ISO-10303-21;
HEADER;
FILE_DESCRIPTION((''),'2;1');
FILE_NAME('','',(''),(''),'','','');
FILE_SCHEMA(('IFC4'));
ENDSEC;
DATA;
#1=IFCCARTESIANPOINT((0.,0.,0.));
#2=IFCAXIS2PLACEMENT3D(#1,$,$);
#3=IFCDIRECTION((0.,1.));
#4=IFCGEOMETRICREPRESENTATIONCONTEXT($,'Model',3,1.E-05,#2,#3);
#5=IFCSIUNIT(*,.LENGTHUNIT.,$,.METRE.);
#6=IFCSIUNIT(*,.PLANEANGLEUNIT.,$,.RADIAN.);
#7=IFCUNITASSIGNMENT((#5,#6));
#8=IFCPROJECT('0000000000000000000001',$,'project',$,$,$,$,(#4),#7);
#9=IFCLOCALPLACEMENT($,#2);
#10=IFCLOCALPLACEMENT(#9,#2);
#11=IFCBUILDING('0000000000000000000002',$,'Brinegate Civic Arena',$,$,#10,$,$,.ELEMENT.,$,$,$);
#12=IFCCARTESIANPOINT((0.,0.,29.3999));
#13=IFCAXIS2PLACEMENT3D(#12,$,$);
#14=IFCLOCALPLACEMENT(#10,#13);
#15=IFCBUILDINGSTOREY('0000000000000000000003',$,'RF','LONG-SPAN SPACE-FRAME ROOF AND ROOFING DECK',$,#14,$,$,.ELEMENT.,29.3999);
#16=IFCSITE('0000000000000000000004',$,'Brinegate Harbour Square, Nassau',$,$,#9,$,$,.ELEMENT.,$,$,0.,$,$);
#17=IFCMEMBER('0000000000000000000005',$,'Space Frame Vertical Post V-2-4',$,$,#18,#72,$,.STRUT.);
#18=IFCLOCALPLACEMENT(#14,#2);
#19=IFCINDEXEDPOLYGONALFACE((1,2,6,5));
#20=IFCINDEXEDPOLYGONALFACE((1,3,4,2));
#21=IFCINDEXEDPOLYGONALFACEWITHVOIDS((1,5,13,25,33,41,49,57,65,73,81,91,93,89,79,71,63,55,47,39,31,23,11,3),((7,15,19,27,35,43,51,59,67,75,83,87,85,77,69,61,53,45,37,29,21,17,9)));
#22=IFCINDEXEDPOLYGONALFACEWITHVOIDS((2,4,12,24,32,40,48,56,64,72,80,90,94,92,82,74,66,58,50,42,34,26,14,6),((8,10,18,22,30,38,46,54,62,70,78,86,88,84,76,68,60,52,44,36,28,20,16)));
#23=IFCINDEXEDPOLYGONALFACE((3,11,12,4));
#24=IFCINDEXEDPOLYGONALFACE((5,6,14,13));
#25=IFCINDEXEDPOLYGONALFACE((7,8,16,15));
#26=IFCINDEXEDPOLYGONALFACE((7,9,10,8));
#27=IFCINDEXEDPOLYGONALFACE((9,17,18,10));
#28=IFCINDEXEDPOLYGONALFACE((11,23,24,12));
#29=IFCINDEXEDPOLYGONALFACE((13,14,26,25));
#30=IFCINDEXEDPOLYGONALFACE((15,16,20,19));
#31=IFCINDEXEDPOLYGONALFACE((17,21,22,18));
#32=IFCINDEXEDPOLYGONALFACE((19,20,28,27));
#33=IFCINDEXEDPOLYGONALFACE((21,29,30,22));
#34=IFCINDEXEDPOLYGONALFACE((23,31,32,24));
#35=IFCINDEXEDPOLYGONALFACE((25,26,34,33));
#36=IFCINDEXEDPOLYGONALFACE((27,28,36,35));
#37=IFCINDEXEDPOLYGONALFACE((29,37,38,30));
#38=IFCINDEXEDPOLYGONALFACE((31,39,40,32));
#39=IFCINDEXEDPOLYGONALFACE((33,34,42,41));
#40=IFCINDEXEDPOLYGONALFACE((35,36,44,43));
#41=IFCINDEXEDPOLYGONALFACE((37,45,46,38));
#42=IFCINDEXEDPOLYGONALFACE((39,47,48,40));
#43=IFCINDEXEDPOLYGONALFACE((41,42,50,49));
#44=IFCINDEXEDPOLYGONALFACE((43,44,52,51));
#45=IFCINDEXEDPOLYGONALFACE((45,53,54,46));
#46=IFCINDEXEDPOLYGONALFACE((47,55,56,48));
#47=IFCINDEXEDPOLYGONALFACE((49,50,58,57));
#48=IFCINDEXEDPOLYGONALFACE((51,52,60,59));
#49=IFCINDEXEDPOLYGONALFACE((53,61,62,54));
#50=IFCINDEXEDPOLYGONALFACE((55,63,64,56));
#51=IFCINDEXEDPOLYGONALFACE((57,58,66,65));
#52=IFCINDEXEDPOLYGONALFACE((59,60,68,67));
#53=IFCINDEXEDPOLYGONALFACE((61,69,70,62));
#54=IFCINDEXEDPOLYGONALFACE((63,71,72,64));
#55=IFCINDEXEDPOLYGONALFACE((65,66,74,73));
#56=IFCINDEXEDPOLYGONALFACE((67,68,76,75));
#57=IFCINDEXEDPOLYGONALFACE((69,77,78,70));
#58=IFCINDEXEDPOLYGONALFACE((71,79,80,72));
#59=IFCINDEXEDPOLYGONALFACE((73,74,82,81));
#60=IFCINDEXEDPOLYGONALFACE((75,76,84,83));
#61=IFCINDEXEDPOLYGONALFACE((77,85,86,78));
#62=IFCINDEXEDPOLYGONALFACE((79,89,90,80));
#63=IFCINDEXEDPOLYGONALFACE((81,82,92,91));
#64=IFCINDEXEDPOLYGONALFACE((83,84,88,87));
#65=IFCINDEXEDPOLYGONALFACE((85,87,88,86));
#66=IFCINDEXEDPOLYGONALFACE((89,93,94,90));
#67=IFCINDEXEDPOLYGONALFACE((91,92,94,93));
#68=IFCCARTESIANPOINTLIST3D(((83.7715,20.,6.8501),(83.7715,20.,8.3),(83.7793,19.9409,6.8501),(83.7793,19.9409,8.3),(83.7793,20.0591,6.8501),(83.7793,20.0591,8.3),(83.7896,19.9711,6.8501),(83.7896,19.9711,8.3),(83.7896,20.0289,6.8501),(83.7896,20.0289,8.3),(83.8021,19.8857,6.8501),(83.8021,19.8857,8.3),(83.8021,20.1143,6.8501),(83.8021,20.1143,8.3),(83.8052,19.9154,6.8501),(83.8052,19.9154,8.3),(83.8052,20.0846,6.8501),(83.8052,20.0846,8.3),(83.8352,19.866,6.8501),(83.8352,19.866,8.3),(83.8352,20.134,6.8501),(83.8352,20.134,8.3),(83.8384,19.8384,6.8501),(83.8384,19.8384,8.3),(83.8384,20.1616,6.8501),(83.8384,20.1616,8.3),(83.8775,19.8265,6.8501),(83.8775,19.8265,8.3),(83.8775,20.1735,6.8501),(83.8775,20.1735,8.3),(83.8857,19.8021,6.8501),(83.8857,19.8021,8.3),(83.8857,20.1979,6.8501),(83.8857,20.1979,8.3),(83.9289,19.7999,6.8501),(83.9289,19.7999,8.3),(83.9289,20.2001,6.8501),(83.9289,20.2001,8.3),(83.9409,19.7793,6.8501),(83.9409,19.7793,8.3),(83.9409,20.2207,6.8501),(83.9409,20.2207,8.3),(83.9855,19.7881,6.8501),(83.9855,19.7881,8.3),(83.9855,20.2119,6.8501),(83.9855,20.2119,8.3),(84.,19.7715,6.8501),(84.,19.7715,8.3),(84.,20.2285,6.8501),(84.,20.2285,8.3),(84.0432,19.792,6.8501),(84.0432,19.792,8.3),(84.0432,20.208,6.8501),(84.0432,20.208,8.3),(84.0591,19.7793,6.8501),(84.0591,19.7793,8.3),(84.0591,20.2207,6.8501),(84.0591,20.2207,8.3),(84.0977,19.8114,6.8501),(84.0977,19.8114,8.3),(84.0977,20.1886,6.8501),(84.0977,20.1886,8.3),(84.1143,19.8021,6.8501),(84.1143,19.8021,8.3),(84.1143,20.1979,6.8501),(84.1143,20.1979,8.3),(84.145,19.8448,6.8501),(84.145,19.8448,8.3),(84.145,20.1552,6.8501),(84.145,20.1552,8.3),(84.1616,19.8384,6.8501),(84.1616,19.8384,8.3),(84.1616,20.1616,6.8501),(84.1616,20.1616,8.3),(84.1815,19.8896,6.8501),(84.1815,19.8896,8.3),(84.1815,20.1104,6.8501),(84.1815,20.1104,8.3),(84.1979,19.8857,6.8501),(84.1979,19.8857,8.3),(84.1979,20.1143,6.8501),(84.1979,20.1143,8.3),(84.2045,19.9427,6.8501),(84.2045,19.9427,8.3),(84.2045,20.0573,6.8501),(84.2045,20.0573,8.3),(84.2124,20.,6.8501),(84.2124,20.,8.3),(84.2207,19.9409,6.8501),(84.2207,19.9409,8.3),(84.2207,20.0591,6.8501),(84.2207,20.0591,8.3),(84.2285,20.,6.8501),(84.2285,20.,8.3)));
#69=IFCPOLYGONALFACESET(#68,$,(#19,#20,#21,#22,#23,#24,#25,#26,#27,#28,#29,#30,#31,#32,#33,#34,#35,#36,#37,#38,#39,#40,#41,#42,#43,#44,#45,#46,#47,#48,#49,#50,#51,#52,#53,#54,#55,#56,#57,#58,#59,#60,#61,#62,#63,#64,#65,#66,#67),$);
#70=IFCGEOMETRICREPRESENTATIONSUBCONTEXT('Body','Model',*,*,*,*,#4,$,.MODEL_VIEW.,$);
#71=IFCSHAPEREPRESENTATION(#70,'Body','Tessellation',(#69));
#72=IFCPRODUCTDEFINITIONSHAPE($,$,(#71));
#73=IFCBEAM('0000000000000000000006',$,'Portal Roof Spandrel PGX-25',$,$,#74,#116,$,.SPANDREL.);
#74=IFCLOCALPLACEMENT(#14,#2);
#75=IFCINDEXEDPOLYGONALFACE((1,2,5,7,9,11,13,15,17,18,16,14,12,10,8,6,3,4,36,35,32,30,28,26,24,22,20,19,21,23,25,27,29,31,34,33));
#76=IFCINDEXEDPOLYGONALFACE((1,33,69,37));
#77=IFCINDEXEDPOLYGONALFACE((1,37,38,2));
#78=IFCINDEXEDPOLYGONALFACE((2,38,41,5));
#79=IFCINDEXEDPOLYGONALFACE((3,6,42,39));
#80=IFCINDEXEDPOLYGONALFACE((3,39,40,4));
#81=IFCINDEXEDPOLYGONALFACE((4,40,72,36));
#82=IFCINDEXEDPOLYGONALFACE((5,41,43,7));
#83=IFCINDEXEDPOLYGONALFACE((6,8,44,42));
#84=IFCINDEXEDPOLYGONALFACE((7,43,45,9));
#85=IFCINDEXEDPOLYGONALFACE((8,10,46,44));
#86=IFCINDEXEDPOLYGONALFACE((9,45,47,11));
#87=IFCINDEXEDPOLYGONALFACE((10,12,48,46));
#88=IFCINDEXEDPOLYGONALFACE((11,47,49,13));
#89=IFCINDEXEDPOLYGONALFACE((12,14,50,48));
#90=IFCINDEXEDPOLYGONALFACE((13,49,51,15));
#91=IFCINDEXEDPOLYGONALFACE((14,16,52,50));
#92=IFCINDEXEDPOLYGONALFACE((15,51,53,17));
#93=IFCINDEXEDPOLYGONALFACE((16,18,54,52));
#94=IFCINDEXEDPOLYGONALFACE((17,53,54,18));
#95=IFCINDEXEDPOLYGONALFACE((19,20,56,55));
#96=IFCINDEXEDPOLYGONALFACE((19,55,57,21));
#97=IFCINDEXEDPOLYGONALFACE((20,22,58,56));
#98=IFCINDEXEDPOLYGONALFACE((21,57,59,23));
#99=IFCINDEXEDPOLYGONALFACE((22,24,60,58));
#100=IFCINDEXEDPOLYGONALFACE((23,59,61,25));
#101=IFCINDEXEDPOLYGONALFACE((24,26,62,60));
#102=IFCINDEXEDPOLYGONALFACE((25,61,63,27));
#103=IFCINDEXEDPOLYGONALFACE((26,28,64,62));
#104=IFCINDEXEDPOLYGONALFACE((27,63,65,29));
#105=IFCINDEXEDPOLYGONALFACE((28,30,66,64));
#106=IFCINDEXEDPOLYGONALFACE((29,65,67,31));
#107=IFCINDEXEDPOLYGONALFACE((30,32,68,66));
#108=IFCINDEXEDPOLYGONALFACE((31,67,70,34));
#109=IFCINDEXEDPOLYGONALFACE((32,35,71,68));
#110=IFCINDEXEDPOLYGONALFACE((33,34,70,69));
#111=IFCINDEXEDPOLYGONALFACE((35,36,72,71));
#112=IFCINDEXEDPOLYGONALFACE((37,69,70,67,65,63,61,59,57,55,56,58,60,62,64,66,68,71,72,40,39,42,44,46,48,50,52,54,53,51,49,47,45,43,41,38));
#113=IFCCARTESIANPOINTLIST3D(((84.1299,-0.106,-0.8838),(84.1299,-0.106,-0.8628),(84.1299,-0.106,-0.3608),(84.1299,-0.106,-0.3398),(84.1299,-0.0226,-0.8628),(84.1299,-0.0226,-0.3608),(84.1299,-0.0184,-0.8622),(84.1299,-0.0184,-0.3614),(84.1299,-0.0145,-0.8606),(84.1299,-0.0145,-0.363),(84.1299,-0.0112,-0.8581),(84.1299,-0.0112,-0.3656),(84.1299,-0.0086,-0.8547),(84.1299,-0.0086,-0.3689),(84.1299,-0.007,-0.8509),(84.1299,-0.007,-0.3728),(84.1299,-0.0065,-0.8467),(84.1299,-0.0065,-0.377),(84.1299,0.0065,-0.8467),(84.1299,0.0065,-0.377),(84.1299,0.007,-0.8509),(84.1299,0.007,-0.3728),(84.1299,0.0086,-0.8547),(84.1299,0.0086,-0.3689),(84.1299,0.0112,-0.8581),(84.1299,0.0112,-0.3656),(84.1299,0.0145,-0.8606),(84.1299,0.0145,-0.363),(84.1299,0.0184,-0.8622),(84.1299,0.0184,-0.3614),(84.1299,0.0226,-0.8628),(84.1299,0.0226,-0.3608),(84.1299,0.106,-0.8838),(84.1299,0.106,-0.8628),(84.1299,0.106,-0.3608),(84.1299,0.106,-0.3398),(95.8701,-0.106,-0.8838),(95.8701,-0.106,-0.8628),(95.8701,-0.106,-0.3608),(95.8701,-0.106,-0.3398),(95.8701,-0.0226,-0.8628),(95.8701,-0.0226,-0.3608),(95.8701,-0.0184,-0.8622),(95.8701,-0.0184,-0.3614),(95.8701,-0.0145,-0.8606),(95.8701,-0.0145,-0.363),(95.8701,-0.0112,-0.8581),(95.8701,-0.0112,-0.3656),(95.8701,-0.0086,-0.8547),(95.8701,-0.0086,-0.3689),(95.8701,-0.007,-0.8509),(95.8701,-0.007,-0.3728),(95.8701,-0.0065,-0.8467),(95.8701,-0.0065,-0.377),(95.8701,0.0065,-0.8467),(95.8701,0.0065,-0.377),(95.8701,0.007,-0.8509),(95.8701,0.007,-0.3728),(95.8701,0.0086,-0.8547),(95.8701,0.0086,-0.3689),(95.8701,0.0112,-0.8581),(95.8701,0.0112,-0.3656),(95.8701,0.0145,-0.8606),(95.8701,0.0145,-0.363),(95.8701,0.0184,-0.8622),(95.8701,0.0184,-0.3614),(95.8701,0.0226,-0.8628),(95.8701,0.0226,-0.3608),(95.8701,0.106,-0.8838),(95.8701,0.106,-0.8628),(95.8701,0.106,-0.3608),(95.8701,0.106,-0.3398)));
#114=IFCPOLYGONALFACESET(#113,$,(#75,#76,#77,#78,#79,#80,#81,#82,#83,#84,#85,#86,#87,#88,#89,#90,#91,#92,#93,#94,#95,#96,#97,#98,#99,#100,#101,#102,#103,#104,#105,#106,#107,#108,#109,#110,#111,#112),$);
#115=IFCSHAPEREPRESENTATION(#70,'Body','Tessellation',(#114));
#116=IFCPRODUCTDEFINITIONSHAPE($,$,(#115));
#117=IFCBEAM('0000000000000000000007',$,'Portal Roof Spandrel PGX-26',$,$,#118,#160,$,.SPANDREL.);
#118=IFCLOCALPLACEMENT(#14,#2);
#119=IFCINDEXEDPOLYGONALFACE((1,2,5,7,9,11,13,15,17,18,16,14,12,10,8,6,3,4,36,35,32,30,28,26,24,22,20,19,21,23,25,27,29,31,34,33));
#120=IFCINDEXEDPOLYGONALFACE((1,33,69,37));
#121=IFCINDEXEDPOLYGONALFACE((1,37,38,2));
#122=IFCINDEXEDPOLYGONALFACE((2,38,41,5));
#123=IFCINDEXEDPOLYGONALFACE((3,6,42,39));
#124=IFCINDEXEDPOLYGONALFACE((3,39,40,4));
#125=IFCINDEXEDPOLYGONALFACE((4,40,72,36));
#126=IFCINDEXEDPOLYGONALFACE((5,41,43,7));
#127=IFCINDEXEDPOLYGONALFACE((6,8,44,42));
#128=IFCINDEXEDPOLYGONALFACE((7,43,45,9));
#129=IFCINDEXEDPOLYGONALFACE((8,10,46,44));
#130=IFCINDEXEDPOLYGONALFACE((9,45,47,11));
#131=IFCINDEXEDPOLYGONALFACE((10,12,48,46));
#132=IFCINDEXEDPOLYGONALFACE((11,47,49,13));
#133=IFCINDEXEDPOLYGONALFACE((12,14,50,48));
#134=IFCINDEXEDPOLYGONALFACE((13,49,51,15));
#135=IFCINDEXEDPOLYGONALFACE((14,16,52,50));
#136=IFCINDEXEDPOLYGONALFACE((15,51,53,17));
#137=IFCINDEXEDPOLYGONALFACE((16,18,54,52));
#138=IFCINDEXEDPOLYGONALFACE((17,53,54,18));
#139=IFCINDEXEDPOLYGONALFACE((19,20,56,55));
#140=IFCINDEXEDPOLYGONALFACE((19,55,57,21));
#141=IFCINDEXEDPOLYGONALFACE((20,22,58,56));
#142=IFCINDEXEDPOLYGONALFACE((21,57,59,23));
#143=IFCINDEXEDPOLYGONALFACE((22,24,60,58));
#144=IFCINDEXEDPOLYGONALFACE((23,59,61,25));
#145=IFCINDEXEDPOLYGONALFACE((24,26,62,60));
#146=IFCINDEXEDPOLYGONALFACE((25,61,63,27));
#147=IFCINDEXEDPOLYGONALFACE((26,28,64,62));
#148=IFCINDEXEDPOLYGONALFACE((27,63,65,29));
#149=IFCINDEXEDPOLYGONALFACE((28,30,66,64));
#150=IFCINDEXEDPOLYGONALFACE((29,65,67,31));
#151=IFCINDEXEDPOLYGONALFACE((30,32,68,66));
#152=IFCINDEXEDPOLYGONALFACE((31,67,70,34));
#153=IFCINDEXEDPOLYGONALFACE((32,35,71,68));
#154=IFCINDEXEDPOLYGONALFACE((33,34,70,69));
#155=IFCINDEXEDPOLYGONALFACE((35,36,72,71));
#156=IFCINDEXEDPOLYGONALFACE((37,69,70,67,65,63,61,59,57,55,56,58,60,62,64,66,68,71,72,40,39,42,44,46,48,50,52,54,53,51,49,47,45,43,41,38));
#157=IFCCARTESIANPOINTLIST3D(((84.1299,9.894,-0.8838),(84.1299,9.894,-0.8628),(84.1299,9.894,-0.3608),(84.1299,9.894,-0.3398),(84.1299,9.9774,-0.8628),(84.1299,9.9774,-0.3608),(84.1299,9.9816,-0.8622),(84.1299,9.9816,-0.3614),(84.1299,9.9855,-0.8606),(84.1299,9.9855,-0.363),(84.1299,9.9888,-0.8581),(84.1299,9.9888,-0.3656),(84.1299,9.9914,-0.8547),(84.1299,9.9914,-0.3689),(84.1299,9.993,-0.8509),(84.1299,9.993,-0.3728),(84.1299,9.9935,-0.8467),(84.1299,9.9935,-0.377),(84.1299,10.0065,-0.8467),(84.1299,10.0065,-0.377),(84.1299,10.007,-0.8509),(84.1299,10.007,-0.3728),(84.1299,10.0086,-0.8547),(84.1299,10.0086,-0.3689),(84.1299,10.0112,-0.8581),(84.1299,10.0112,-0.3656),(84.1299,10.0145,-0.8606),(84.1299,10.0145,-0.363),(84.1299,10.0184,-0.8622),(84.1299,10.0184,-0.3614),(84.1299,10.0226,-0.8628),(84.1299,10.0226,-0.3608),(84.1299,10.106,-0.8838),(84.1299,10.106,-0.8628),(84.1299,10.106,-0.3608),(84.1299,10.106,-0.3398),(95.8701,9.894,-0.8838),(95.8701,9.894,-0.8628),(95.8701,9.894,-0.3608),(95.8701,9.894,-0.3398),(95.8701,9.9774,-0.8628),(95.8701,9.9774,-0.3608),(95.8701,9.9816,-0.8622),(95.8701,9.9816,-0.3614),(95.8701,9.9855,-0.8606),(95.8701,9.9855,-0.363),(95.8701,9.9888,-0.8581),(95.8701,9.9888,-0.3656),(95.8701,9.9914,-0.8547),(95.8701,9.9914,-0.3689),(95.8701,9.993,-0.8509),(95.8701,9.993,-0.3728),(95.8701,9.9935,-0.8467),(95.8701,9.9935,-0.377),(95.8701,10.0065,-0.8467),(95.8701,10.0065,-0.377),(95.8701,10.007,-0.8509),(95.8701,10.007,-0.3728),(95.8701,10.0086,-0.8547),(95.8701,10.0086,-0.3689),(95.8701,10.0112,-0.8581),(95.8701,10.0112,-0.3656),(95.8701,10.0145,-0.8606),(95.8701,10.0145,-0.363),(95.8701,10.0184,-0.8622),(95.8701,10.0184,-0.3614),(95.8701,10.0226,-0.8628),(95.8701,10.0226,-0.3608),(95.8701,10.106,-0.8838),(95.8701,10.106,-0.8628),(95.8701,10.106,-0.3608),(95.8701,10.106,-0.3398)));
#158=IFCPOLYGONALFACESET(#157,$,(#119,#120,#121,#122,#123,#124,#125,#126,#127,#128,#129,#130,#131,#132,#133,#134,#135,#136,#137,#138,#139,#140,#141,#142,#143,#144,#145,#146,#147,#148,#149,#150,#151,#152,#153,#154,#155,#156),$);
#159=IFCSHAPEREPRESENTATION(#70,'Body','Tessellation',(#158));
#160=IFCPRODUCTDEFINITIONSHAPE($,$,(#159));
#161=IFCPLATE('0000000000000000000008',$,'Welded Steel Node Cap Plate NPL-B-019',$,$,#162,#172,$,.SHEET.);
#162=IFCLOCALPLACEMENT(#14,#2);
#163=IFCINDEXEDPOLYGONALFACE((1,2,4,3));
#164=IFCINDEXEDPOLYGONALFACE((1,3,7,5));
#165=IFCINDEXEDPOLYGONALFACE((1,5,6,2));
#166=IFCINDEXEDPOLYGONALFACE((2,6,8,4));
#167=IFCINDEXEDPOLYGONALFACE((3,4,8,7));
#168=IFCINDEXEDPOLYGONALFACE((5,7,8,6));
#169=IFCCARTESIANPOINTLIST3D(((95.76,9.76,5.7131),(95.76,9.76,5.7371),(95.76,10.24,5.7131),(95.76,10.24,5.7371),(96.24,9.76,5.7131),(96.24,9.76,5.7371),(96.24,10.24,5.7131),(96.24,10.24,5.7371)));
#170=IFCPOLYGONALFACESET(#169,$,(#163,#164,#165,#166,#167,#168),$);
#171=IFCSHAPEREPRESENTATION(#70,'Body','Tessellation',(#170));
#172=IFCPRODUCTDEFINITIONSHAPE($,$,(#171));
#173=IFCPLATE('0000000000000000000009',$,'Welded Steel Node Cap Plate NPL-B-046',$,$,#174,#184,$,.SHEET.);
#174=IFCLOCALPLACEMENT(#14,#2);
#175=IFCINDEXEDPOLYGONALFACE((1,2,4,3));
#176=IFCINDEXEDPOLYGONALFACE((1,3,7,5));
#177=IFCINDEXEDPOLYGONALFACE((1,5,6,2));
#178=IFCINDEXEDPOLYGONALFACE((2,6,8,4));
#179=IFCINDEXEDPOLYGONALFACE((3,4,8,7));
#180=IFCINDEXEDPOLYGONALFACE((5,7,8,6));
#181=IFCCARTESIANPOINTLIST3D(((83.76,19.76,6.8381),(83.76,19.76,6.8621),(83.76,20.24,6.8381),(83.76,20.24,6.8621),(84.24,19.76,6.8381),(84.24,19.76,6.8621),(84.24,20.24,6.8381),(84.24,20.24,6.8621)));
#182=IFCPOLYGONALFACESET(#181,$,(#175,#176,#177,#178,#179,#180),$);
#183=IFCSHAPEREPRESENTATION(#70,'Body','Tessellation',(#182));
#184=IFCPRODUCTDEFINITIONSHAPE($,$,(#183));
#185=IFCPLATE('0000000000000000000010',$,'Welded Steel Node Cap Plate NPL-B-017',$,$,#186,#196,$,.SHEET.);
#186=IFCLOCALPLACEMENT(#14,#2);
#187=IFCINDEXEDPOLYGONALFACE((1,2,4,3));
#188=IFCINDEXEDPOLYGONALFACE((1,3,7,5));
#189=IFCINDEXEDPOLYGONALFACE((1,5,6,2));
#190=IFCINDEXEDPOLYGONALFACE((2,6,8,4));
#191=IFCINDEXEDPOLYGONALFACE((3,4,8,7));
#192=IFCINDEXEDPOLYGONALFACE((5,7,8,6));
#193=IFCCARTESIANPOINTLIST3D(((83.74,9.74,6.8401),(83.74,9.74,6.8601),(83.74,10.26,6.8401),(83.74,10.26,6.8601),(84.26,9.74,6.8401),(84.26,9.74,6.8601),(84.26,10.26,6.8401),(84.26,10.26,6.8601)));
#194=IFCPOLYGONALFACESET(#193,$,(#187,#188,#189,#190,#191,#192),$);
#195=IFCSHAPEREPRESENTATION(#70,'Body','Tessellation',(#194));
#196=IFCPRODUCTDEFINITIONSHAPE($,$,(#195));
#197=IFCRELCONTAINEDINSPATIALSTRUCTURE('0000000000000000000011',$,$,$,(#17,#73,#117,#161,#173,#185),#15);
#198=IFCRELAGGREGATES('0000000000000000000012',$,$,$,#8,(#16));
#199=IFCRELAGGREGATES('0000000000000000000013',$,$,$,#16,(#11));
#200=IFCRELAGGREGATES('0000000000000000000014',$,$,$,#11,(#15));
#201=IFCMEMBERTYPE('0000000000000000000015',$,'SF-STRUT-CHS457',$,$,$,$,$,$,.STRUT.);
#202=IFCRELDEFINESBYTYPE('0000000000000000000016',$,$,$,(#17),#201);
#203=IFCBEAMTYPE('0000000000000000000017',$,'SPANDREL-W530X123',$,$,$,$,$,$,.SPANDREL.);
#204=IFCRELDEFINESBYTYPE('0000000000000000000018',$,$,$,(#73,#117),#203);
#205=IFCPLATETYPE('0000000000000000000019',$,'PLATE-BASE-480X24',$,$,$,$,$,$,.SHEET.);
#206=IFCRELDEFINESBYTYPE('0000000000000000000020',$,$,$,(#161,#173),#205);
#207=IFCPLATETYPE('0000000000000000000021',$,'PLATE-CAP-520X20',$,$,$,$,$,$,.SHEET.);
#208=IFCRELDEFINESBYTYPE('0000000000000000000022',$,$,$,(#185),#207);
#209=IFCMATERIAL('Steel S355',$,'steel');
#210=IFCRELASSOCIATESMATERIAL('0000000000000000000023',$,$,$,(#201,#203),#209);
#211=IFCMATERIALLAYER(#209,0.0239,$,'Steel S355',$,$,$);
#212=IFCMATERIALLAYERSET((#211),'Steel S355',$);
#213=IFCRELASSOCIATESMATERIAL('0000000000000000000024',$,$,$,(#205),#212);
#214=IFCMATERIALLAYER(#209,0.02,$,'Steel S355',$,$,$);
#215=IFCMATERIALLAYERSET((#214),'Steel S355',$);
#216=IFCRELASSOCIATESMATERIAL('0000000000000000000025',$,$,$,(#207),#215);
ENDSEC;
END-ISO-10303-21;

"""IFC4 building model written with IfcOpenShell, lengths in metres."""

from ifc_helpers import new_model, si_unit, direction, frame, origin, origin_2d, place, context, subcontext, project, spatial, rectangle, hollow_circle, i_section, extrude, material, layer, layer_set, material_profile, profile_set, type_object, element, save


model = new_model("IFC4")

# Units and contexts
model_context = context("Model", 3, precision=1e-05, world=origin(), true_north=direction((0.0, 1.0)))
body_context = subcontext(model_context, "Body", "Model", "MODEL_VIEW")
ifc_project = project(units=[si_unit("LENGTHUNIT", "METRE"), si_unit("PLANEANGLEUNIT", "RADIAN")], contexts=[model_context])

# Site, building, storey
site_placement = place(None, origin())
site = spatial("IfcSite", under=ifc_project, at=site_placement, Name="Brinegate Harbour Square, Nassau", CompositionType="ELEMENT", RefElevation=0.0)
building_placement = place(site_placement, origin())
building = spatial("IfcBuilding", under=site, at=building_placement, Name="Brinegate Civic Arena", CompositionType="ELEMENT")
storey_placement = place(building_placement, frame((0.0, 0.0, 29.3999)))
storey = spatial("IfcBuildingStorey", under=building, at=storey_placement, Name="RF", Description="LONG-SPAN SPACE-FRAME ROOF AND ROOFING DECK", CompositionType="ELEMENT", Elevation=29.3999)

# Shared definitions
ifc_material_1 = material(Name="Steel S355", Category="steel")

# Member
ifc_material_profile_1 = material_profile(ifc_material_1, hollow_circle(Radius=0.2285, WallThickness=0.0161, at=origin_2d()), Name="CHS457X16")
ifc_profile_set_1 = profile_set([ifc_material_profile_1], Name="Steel S355")
member_type_1 = type_object("IfcMemberType", Name="SF-STRUT-CHS457", PredefinedType="STRUT", material=ifc_profile_set_1)
for number, where, z_axis, x_axis, name in (
    (1, (84.0, 20.0, 6.8501), (0.0, 0.0, 1.0), (1.0, 0.0, 0.0), "Space Frame Vertical Post V-2-4"),
):
    element("IfcMember", number, at=place(storey_placement, frame(where, z_axis=z_axis, x_axis=x_axis)), inside=storey, type_object=member_type_1, Name=name, PredefinedType="STRUT", context=body_context, shape_type="SweptSolid", body=[
        extrude(hollow_circle(Radius=0.2285, WallThickness=0.0161, at=origin_2d()), origin(), (0.0, 0.0, 1.0), 1.45),
    ])

# Beams
ifc_material_profile_2 = material_profile(ifc_material_1, i_section(OverallWidth=0.2119, OverallDepth=0.5439, WebThickness=0.0129, FlangeThickness=0.021, FilletRadius=0.0161, at=origin_2d()), Name="W530X123")
ifc_profile_set_2 = profile_set([ifc_material_profile_2], Name="Steel S355")
beam_type_1 = type_object("IfcBeamType", Name="SPANDREL-W530X123", PredefinedType="SPANDREL", material=ifc_profile_set_2)
for number, where, z_axis, x_axis, name in (
    (2, (84.1299, 0.0, -0.6118), (1.0, 0.0, 0.0), (0.0, 1.0, 0.0), "Portal Roof Spandrel PGX-25"),
    (3, (84.1299, 10.0, -0.6118), (1.0, 0.0, 0.0), (0.0, 1.0, 0.0), "Portal Roof Spandrel PGX-26"),
):
    element("IfcBeam", number, at=place(storey_placement, frame(where, z_axis=z_axis, x_axis=x_axis)), inside=storey, type_object=beam_type_1, Name=name, PredefinedType="SPANDREL", context=body_context, shape_type="SweptSolid", body=[
        extrude(i_section(OverallWidth=0.2119, OverallDepth=0.5439, WebThickness=0.0129, FlangeThickness=0.021, FilletRadius=0.0161, at=origin_2d()), origin(), (0.0, 0.0, 1.0), 11.7402),
    ])

# Plates
ifc_layer_1 = layer(ifc_material_1, 0.0239, Name="Steel S355")
ifc_layer_set_1 = layer_set([ifc_layer_1], Name="Steel S355")
plate_type_1 = type_object("IfcPlateType", Name="PLATE-BASE-480X24", PredefinedType="SHEET", material=ifc_layer_set_1)
for number, where, z_axis, x_axis, name in (
    (4, (96.0, 10.0, 5.7131), (0.0, 0.0, 1.0), (1.0, 0.0, 0.0), "Welded Steel Node Cap Plate NPL-B-019"),
    (5, (84.0, 20.0, 6.8381), (0.0, 0.0, 1.0), (1.0, 0.0, 0.0), "Welded Steel Node Cap Plate NPL-B-046"),
):
    element("IfcPlate", number, at=place(storey_placement, frame(where, z_axis=z_axis, x_axis=x_axis)), inside=storey, type_object=plate_type_1, Name=name, PredefinedType="SHEET", context=body_context, shape_type="SweptSolid", body=[
        extrude(rectangle(XDim=0.48, YDim=0.48, at=origin_2d()), origin(), (0.0, 0.0, 1.0), 0.0239),
    ])
ifc_layer_2 = layer(ifc_material_1, 0.02, Name="Steel S355")
ifc_layer_set_2 = layer_set([ifc_layer_2], Name="Steel S355")
plate_type_2 = type_object("IfcPlateType", Name="PLATE-CAP-520X20", PredefinedType="SHEET", material=ifc_layer_set_2)
plate_1_placement = place(storey_placement, frame((84.0, 10.0, 6.8401), z_axis=(0.0, 0.0, 1.0), x_axis=(1.0, 0.0, 0.0)))
element("IfcPlate", 6, at=plate_1_placement, inside=storey, type_object=plate_type_2, Name="Welded Steel Node Cap Plate NPL-B-017", PredefinedType="SHEET", context=body_context, shape_type="SweptSolid", body=[
    extrude(rectangle(XDim=0.52, YDim=0.52, at=origin_2d()), origin(), (0.0, 0.0, 1.0), 0.02),
])

save(model, "model.ifc")
